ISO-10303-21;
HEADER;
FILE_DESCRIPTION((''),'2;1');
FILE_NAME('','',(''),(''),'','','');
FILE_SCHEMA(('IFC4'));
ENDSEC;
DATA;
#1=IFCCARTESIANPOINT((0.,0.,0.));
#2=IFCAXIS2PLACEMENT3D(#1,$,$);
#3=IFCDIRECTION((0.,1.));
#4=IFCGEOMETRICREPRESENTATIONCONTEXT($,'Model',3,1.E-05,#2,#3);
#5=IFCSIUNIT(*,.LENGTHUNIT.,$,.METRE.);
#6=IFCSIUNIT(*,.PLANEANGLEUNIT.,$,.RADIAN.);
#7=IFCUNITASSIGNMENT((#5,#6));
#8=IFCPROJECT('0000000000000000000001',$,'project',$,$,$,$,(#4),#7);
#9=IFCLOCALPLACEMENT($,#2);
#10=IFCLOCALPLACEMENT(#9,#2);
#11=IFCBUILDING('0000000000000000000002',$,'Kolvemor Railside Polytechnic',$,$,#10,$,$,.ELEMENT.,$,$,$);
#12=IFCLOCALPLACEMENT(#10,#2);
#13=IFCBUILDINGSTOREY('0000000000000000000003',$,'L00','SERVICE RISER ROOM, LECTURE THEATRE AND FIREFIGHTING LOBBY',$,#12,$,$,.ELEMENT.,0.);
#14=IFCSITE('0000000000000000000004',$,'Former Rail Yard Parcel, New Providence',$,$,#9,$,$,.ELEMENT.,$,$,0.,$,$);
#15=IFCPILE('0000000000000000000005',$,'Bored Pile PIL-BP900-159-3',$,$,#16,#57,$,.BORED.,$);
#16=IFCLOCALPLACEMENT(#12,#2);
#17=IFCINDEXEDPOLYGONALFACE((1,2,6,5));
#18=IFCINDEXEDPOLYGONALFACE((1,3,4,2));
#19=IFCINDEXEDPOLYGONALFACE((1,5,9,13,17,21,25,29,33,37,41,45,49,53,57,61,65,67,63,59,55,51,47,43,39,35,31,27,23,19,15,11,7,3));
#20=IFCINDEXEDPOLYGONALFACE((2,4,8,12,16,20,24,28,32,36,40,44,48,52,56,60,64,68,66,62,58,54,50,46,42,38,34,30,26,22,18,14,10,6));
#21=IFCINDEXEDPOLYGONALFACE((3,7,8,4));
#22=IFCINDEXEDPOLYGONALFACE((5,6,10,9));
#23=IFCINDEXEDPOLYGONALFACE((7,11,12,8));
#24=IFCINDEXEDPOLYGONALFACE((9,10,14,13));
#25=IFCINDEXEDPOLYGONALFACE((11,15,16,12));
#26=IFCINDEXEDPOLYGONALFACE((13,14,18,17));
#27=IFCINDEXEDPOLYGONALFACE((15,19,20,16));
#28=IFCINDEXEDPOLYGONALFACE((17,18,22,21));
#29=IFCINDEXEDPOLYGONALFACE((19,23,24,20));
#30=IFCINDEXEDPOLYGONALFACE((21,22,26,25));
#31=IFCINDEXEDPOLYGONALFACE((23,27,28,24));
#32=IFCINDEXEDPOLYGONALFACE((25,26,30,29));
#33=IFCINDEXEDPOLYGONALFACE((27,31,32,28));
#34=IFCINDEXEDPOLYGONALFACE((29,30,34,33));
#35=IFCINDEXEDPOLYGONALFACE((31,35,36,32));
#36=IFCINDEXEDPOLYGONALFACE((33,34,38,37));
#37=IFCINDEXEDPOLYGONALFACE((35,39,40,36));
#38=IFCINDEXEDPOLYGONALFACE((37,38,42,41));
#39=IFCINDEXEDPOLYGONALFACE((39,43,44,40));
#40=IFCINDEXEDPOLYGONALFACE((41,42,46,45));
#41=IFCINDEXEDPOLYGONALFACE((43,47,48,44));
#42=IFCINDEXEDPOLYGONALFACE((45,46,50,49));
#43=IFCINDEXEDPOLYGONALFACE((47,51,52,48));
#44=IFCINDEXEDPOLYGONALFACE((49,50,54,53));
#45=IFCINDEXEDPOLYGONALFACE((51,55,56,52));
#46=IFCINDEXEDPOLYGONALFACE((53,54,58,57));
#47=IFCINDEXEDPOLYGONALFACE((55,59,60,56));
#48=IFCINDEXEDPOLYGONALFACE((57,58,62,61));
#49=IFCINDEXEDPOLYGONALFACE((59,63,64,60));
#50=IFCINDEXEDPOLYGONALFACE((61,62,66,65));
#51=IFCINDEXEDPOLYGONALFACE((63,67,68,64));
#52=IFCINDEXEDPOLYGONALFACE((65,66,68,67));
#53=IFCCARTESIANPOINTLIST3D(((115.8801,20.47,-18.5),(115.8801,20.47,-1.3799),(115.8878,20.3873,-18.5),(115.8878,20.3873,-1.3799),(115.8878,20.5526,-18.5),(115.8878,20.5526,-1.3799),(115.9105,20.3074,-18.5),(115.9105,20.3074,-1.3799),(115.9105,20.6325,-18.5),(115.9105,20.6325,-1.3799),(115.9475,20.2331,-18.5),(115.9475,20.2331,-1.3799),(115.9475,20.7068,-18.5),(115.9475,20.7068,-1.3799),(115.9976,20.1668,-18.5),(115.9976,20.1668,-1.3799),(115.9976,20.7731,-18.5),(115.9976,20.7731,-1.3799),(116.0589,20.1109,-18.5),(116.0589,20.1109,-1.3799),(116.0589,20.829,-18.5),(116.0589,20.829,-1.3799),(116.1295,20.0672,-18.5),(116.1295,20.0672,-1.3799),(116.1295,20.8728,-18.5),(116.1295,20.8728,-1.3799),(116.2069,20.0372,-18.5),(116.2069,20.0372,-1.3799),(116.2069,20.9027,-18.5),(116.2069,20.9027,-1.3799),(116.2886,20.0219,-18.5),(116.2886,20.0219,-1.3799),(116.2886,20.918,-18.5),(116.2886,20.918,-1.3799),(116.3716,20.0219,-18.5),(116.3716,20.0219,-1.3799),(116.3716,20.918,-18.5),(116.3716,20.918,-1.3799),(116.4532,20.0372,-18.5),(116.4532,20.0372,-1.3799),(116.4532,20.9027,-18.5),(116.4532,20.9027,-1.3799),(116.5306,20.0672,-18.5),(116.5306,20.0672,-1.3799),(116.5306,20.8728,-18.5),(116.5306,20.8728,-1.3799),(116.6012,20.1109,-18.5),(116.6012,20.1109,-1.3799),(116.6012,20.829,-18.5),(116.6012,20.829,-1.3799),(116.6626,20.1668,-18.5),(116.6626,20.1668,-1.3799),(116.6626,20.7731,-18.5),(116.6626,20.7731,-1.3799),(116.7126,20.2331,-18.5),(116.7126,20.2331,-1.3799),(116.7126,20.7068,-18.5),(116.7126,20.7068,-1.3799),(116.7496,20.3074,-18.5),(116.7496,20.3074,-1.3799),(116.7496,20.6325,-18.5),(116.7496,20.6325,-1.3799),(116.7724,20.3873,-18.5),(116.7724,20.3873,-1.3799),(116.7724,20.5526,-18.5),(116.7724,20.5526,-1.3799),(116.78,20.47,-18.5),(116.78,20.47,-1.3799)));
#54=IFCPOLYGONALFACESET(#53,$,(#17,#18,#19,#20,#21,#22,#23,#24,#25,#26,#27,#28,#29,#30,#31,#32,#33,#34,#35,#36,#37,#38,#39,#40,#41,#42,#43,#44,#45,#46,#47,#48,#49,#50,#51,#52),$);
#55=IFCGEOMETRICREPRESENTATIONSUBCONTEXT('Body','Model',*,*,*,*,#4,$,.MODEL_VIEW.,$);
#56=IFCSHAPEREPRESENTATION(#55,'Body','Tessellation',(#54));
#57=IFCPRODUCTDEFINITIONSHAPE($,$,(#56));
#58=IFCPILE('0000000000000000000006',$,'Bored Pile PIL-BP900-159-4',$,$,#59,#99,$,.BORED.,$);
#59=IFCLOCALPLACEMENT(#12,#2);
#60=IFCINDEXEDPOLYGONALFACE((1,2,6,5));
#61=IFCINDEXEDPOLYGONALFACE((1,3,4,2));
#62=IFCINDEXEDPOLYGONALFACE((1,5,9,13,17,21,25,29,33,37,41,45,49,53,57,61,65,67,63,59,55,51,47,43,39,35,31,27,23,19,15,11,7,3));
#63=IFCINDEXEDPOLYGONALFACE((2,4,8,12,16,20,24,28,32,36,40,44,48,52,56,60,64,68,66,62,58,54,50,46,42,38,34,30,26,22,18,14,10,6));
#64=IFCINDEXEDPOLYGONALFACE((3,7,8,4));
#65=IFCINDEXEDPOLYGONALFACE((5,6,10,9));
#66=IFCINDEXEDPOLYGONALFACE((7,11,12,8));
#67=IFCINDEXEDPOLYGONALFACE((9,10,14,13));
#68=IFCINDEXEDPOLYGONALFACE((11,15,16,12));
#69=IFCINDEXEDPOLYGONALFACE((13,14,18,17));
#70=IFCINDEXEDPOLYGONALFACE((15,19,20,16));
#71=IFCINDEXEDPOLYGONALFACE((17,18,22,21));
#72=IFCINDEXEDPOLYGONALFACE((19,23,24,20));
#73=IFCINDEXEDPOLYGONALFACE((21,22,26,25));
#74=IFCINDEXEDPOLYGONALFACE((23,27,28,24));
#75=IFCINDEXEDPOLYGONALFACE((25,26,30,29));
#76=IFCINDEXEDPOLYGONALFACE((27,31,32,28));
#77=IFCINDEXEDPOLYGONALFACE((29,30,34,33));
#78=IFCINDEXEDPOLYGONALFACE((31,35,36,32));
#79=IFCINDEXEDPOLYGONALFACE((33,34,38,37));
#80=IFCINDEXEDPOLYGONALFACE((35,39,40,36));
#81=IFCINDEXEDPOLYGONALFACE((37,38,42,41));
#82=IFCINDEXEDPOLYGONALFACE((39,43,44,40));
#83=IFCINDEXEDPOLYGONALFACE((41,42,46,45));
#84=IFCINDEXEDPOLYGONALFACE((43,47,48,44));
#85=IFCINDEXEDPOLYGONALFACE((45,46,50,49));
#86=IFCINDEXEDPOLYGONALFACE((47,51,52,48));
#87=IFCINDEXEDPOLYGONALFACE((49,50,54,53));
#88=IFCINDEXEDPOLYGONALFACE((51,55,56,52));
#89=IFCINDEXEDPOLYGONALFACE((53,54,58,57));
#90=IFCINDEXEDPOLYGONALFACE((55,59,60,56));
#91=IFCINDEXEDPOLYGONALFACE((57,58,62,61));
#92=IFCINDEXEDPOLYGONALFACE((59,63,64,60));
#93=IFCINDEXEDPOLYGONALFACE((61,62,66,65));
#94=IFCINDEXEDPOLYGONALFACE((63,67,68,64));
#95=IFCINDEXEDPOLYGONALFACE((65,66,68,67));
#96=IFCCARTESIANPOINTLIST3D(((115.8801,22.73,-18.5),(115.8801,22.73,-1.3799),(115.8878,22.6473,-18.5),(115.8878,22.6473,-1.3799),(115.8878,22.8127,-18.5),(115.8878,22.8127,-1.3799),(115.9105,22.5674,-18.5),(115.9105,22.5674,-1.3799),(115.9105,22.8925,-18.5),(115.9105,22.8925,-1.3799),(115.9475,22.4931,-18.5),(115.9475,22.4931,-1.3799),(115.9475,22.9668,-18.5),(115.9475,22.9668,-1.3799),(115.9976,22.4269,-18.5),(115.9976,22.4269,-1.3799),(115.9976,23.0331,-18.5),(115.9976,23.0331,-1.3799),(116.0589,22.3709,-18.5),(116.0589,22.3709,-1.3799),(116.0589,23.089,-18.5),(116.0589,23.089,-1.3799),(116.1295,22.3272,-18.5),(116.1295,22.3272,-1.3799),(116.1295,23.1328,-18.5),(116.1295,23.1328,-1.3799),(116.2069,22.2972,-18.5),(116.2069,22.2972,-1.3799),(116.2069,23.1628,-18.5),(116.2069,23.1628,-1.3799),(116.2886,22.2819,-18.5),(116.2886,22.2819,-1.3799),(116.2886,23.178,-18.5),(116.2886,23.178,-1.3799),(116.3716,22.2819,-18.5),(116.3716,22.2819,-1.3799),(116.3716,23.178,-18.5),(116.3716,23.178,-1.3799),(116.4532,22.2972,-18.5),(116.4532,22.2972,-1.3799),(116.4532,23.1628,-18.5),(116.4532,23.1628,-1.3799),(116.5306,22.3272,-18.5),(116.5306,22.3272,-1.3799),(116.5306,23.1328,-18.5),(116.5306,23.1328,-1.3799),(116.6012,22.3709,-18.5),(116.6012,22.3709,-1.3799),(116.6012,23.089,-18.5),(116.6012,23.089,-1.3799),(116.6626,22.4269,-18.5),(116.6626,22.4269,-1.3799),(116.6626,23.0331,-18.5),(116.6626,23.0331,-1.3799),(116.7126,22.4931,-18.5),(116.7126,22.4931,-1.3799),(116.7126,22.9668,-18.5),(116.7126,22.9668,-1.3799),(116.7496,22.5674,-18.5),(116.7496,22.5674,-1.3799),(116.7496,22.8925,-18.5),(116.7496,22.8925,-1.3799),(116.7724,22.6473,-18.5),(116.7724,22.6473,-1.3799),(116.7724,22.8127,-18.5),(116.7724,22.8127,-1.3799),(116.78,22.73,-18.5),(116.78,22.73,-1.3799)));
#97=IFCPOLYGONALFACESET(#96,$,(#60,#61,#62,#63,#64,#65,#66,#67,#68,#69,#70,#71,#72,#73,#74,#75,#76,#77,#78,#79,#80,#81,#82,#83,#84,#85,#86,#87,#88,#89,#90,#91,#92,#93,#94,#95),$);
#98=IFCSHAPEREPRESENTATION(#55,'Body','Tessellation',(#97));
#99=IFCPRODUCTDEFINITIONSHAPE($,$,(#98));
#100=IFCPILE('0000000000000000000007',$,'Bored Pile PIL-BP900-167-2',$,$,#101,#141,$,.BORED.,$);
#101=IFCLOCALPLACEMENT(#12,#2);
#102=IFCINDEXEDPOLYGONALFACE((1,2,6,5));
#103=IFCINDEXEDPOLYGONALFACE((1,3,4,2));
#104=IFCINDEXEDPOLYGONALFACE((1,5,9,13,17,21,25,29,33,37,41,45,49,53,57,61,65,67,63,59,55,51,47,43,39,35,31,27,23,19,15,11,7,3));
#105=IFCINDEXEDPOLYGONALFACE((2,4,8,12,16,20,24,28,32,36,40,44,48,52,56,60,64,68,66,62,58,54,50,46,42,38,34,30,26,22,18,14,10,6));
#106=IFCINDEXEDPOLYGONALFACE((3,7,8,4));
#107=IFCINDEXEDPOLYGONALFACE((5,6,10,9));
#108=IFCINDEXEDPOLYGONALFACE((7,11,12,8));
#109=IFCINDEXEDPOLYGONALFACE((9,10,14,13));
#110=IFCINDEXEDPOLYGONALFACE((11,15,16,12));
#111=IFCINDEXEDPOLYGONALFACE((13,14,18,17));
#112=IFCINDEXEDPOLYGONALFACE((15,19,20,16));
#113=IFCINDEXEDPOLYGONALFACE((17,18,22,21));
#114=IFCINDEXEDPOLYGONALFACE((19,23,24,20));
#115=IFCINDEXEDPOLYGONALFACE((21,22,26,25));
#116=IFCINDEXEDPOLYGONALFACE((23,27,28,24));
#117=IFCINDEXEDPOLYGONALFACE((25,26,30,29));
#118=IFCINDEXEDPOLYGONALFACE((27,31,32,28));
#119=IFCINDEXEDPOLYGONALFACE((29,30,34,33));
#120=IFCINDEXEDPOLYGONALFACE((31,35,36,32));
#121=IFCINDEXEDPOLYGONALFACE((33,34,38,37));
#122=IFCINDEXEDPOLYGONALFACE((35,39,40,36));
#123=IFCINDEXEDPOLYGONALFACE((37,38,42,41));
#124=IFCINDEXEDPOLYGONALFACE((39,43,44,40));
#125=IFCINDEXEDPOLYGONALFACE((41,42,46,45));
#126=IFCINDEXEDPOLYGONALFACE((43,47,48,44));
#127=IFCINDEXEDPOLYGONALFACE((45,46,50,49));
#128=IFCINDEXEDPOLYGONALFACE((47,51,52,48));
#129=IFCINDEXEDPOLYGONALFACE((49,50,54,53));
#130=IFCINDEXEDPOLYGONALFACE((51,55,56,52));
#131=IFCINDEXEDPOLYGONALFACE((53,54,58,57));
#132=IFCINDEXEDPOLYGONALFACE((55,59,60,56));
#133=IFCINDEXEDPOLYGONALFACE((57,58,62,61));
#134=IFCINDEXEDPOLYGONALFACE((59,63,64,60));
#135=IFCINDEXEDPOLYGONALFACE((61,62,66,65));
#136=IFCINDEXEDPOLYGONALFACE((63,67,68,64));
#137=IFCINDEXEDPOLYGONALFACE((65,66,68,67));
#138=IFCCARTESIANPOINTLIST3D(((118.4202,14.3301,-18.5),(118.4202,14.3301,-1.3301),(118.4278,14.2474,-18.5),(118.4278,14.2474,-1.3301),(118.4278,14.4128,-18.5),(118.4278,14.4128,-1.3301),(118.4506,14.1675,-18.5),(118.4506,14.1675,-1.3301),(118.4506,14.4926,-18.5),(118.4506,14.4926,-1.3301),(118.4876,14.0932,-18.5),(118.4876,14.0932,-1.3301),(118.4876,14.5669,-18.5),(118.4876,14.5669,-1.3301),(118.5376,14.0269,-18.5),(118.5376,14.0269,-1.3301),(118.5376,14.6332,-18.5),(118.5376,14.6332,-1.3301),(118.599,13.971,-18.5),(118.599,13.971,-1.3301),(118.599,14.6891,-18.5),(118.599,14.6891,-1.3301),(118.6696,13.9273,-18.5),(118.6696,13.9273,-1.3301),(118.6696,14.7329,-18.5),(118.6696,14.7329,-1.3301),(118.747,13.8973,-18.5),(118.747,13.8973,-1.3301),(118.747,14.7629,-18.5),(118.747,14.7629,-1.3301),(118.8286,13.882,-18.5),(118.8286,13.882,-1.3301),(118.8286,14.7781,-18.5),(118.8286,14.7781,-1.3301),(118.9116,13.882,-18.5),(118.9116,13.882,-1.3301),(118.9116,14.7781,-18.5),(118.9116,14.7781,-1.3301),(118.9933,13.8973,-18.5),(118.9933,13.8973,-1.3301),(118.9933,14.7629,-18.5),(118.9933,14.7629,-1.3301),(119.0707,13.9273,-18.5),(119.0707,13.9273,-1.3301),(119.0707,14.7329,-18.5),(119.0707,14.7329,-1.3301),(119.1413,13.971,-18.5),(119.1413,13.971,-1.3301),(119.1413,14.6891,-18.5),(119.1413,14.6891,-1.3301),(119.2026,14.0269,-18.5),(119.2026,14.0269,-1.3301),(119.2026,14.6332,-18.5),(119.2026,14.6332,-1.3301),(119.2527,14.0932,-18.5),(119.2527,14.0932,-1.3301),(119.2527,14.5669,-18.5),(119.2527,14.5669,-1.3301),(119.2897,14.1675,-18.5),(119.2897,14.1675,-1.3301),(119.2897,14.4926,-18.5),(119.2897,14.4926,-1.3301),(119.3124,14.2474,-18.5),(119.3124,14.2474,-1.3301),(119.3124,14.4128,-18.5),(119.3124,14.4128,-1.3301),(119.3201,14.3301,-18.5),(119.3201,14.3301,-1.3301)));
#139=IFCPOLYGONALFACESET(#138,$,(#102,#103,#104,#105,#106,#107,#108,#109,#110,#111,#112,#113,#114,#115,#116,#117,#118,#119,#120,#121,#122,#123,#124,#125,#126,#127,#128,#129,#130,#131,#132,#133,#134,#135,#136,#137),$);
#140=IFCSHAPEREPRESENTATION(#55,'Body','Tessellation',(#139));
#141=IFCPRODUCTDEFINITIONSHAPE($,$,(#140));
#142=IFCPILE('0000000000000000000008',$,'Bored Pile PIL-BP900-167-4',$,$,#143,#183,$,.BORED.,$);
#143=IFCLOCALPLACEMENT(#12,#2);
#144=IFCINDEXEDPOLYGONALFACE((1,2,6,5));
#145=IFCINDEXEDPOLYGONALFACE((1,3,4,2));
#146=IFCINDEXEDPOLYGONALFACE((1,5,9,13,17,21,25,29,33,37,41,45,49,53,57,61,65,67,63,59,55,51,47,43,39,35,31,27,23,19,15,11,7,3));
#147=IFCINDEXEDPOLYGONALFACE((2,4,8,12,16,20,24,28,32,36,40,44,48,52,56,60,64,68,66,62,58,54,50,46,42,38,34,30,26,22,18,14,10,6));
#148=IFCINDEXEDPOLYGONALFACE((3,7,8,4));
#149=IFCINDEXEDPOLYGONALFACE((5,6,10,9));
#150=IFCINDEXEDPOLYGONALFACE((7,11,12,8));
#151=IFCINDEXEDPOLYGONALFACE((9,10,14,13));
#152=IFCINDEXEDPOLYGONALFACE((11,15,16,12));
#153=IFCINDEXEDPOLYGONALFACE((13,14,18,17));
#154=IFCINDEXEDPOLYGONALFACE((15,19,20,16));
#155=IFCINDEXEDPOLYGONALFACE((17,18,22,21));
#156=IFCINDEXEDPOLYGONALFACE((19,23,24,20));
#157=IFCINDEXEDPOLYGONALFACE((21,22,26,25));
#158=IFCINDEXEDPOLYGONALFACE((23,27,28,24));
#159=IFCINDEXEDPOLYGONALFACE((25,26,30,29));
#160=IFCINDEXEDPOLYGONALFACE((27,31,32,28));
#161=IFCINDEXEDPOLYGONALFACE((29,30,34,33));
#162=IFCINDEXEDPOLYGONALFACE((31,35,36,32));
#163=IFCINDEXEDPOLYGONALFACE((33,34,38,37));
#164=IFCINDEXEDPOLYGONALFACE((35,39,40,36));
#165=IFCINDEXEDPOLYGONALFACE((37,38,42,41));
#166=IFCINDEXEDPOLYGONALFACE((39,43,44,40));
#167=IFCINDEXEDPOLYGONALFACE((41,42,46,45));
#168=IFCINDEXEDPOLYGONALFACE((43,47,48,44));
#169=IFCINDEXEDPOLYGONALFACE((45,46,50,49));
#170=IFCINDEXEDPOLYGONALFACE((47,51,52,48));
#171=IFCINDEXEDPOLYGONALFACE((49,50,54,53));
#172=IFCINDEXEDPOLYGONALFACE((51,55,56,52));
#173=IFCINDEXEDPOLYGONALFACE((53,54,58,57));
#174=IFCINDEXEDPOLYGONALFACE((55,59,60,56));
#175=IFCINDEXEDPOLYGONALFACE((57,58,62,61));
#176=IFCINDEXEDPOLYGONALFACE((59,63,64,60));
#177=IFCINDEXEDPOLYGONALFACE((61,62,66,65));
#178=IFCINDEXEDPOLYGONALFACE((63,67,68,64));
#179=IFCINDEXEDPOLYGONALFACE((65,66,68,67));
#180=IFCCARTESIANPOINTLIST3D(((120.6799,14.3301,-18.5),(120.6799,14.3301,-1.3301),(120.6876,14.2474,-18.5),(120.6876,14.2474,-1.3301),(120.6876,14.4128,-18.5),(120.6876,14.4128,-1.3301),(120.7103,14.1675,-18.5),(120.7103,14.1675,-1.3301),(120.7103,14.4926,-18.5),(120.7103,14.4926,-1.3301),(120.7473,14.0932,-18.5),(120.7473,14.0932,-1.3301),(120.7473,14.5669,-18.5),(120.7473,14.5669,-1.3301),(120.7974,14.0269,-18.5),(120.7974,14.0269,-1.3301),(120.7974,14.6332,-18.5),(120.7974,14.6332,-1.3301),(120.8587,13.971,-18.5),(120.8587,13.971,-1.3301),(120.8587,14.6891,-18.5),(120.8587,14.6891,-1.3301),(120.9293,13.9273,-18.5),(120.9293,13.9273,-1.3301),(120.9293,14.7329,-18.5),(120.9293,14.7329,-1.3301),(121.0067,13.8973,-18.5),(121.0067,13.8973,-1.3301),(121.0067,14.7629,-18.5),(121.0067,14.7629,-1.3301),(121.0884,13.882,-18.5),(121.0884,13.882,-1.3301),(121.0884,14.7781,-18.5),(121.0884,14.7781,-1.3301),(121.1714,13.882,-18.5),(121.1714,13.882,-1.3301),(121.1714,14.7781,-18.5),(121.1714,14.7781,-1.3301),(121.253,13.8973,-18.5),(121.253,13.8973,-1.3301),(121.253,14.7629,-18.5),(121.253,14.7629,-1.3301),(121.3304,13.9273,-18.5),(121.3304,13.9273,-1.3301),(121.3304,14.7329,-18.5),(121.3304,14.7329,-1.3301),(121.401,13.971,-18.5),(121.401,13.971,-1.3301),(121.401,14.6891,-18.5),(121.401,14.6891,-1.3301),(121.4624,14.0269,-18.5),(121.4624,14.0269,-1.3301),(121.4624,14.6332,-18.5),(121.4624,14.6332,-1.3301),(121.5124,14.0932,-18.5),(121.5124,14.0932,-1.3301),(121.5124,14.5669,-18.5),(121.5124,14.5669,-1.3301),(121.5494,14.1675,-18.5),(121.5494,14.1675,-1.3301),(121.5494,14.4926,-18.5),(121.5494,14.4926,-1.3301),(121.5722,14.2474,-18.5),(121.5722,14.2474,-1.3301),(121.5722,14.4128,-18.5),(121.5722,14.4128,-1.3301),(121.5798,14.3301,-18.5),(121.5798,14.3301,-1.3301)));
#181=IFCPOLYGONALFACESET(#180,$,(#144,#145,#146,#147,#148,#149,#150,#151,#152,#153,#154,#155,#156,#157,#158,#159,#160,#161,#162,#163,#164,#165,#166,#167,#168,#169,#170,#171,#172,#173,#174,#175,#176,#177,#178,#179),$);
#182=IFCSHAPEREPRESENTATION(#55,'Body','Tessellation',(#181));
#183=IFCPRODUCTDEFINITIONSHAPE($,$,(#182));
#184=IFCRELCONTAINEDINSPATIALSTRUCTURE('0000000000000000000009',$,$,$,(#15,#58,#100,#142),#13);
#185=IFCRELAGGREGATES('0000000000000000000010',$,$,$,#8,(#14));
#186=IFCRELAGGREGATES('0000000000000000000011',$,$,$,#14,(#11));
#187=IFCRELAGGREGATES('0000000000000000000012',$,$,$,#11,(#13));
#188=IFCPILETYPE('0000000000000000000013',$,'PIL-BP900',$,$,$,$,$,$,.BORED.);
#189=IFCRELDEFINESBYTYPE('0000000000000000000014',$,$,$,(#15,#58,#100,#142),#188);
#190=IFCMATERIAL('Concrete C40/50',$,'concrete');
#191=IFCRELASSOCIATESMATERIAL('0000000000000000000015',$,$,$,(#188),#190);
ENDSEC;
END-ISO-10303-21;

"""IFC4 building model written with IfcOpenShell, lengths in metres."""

from ifc_helpers import new_model, si_unit, direction, frame, origin, origin_2d, place, context, subcontext, project, spatial, circle, extrude, material, material_profile, profile_set, type_object, element, save


model = new_model("IFC4")

# Units and contexts
model_context = context("Model", 3, precision=1e-05, world=origin(), true_north=direction((0.0, 1.0)))
body_context = subcontext(model_context, "Body", "Model", "MODEL_VIEW")
ifc_project = project(units=[si_unit("LENGTHUNIT", "METRE"), si_unit("PLANEANGLEUNIT", "RADIAN")], contexts=[model_context])

# Site, building, storey
site_placement = place(None, origin())
site = spatial("IfcSite", under=ifc_project, at=site_placement, Name="Former Rail Yard Parcel, New Providence", CompositionType="ELEMENT", RefElevation=0.0)
building_placement = place(site_placement, origin())
building = spatial("IfcBuilding", under=site, at=building_placement, Name="Kolvemor Railside Polytechnic", CompositionType="ELEMENT")
storey_placement = place(building_placement, origin())
storey = spatial("IfcBuildingStorey", under=building, at=storey_placement, Name="L00", Description="SERVICE RISER ROOM, LECTURE THEATRE AND FIREFIGHTING LOBBY", CompositionType="ELEMENT", Elevation=0.0)

# Piles
ifc_material_1 = material(Name="Concrete C40/50", Category="concrete")
ifc_material_profile_1 = material_profile(ifc_material_1, circle(Radius=0.45, at=origin_2d()), Name="BP900")
ifc_profile_set_1 = profile_set([ifc_material_profile_1], Name="Concrete C40/50")
pile_type_1 = type_object("IfcPileType", Name="PIL-BP900", PredefinedType="BORED", material=ifc_profile_set_1)
for number, where, z_axis, x_axis, name in (
    (1, (116.3301, 20.47, -1.3799), (0.0, 0.0, -1.0), (1.0, 0.0, 0.0), "Bored Pile PIL-BP900-159-3"),
    (2, (116.3301, 22.73, -1.3799), (0.0, 0.0, -1.0), (1.0, 0.0, 0.0), "Bored Pile PIL-BP900-159-4"),
):
    element("IfcPile", number, at=place(storey_placement, frame(where, z_axis=z_axis, x_axis=x_axis)), inside=storey, type_object=pile_type_1, Name=name, PredefinedType="BORED", context=body_context, shape_type="SweptSolid", body=[
        extrude(circle(Radius=0.45, at=origin_2d()), origin(), (0.0, 0.0, 1.0), 17.1201),
    ])
for number, where, z_axis, x_axis, name in (
    (3, (118.8701, 14.3301, -1.3301), (0.0, 0.0, -1.0), (1.0, 0.0, 0.0), "Bored Pile PIL-BP900-167-2"),
    (4, (121.1299, 14.3301, -1.3301), (0.0, 0.0, -1.0), (1.0, 0.0, 0.0), "Bored Pile PIL-BP900-167-4"),
):
    element("IfcPile", number, at=place(storey_placement, frame(where, z_axis=z_axis, x_axis=x_axis)), inside=storey, type_object=pile_type_1, Name=name, PredefinedType="BORED", context=body_context, shape_type="SweptSolid", body=[
        extrude(circle(Radius=0.45, at=origin_2d()), origin(), (0.0, 0.0, 1.0), 17.1699),
    ])

save(model, "model.ifc")
